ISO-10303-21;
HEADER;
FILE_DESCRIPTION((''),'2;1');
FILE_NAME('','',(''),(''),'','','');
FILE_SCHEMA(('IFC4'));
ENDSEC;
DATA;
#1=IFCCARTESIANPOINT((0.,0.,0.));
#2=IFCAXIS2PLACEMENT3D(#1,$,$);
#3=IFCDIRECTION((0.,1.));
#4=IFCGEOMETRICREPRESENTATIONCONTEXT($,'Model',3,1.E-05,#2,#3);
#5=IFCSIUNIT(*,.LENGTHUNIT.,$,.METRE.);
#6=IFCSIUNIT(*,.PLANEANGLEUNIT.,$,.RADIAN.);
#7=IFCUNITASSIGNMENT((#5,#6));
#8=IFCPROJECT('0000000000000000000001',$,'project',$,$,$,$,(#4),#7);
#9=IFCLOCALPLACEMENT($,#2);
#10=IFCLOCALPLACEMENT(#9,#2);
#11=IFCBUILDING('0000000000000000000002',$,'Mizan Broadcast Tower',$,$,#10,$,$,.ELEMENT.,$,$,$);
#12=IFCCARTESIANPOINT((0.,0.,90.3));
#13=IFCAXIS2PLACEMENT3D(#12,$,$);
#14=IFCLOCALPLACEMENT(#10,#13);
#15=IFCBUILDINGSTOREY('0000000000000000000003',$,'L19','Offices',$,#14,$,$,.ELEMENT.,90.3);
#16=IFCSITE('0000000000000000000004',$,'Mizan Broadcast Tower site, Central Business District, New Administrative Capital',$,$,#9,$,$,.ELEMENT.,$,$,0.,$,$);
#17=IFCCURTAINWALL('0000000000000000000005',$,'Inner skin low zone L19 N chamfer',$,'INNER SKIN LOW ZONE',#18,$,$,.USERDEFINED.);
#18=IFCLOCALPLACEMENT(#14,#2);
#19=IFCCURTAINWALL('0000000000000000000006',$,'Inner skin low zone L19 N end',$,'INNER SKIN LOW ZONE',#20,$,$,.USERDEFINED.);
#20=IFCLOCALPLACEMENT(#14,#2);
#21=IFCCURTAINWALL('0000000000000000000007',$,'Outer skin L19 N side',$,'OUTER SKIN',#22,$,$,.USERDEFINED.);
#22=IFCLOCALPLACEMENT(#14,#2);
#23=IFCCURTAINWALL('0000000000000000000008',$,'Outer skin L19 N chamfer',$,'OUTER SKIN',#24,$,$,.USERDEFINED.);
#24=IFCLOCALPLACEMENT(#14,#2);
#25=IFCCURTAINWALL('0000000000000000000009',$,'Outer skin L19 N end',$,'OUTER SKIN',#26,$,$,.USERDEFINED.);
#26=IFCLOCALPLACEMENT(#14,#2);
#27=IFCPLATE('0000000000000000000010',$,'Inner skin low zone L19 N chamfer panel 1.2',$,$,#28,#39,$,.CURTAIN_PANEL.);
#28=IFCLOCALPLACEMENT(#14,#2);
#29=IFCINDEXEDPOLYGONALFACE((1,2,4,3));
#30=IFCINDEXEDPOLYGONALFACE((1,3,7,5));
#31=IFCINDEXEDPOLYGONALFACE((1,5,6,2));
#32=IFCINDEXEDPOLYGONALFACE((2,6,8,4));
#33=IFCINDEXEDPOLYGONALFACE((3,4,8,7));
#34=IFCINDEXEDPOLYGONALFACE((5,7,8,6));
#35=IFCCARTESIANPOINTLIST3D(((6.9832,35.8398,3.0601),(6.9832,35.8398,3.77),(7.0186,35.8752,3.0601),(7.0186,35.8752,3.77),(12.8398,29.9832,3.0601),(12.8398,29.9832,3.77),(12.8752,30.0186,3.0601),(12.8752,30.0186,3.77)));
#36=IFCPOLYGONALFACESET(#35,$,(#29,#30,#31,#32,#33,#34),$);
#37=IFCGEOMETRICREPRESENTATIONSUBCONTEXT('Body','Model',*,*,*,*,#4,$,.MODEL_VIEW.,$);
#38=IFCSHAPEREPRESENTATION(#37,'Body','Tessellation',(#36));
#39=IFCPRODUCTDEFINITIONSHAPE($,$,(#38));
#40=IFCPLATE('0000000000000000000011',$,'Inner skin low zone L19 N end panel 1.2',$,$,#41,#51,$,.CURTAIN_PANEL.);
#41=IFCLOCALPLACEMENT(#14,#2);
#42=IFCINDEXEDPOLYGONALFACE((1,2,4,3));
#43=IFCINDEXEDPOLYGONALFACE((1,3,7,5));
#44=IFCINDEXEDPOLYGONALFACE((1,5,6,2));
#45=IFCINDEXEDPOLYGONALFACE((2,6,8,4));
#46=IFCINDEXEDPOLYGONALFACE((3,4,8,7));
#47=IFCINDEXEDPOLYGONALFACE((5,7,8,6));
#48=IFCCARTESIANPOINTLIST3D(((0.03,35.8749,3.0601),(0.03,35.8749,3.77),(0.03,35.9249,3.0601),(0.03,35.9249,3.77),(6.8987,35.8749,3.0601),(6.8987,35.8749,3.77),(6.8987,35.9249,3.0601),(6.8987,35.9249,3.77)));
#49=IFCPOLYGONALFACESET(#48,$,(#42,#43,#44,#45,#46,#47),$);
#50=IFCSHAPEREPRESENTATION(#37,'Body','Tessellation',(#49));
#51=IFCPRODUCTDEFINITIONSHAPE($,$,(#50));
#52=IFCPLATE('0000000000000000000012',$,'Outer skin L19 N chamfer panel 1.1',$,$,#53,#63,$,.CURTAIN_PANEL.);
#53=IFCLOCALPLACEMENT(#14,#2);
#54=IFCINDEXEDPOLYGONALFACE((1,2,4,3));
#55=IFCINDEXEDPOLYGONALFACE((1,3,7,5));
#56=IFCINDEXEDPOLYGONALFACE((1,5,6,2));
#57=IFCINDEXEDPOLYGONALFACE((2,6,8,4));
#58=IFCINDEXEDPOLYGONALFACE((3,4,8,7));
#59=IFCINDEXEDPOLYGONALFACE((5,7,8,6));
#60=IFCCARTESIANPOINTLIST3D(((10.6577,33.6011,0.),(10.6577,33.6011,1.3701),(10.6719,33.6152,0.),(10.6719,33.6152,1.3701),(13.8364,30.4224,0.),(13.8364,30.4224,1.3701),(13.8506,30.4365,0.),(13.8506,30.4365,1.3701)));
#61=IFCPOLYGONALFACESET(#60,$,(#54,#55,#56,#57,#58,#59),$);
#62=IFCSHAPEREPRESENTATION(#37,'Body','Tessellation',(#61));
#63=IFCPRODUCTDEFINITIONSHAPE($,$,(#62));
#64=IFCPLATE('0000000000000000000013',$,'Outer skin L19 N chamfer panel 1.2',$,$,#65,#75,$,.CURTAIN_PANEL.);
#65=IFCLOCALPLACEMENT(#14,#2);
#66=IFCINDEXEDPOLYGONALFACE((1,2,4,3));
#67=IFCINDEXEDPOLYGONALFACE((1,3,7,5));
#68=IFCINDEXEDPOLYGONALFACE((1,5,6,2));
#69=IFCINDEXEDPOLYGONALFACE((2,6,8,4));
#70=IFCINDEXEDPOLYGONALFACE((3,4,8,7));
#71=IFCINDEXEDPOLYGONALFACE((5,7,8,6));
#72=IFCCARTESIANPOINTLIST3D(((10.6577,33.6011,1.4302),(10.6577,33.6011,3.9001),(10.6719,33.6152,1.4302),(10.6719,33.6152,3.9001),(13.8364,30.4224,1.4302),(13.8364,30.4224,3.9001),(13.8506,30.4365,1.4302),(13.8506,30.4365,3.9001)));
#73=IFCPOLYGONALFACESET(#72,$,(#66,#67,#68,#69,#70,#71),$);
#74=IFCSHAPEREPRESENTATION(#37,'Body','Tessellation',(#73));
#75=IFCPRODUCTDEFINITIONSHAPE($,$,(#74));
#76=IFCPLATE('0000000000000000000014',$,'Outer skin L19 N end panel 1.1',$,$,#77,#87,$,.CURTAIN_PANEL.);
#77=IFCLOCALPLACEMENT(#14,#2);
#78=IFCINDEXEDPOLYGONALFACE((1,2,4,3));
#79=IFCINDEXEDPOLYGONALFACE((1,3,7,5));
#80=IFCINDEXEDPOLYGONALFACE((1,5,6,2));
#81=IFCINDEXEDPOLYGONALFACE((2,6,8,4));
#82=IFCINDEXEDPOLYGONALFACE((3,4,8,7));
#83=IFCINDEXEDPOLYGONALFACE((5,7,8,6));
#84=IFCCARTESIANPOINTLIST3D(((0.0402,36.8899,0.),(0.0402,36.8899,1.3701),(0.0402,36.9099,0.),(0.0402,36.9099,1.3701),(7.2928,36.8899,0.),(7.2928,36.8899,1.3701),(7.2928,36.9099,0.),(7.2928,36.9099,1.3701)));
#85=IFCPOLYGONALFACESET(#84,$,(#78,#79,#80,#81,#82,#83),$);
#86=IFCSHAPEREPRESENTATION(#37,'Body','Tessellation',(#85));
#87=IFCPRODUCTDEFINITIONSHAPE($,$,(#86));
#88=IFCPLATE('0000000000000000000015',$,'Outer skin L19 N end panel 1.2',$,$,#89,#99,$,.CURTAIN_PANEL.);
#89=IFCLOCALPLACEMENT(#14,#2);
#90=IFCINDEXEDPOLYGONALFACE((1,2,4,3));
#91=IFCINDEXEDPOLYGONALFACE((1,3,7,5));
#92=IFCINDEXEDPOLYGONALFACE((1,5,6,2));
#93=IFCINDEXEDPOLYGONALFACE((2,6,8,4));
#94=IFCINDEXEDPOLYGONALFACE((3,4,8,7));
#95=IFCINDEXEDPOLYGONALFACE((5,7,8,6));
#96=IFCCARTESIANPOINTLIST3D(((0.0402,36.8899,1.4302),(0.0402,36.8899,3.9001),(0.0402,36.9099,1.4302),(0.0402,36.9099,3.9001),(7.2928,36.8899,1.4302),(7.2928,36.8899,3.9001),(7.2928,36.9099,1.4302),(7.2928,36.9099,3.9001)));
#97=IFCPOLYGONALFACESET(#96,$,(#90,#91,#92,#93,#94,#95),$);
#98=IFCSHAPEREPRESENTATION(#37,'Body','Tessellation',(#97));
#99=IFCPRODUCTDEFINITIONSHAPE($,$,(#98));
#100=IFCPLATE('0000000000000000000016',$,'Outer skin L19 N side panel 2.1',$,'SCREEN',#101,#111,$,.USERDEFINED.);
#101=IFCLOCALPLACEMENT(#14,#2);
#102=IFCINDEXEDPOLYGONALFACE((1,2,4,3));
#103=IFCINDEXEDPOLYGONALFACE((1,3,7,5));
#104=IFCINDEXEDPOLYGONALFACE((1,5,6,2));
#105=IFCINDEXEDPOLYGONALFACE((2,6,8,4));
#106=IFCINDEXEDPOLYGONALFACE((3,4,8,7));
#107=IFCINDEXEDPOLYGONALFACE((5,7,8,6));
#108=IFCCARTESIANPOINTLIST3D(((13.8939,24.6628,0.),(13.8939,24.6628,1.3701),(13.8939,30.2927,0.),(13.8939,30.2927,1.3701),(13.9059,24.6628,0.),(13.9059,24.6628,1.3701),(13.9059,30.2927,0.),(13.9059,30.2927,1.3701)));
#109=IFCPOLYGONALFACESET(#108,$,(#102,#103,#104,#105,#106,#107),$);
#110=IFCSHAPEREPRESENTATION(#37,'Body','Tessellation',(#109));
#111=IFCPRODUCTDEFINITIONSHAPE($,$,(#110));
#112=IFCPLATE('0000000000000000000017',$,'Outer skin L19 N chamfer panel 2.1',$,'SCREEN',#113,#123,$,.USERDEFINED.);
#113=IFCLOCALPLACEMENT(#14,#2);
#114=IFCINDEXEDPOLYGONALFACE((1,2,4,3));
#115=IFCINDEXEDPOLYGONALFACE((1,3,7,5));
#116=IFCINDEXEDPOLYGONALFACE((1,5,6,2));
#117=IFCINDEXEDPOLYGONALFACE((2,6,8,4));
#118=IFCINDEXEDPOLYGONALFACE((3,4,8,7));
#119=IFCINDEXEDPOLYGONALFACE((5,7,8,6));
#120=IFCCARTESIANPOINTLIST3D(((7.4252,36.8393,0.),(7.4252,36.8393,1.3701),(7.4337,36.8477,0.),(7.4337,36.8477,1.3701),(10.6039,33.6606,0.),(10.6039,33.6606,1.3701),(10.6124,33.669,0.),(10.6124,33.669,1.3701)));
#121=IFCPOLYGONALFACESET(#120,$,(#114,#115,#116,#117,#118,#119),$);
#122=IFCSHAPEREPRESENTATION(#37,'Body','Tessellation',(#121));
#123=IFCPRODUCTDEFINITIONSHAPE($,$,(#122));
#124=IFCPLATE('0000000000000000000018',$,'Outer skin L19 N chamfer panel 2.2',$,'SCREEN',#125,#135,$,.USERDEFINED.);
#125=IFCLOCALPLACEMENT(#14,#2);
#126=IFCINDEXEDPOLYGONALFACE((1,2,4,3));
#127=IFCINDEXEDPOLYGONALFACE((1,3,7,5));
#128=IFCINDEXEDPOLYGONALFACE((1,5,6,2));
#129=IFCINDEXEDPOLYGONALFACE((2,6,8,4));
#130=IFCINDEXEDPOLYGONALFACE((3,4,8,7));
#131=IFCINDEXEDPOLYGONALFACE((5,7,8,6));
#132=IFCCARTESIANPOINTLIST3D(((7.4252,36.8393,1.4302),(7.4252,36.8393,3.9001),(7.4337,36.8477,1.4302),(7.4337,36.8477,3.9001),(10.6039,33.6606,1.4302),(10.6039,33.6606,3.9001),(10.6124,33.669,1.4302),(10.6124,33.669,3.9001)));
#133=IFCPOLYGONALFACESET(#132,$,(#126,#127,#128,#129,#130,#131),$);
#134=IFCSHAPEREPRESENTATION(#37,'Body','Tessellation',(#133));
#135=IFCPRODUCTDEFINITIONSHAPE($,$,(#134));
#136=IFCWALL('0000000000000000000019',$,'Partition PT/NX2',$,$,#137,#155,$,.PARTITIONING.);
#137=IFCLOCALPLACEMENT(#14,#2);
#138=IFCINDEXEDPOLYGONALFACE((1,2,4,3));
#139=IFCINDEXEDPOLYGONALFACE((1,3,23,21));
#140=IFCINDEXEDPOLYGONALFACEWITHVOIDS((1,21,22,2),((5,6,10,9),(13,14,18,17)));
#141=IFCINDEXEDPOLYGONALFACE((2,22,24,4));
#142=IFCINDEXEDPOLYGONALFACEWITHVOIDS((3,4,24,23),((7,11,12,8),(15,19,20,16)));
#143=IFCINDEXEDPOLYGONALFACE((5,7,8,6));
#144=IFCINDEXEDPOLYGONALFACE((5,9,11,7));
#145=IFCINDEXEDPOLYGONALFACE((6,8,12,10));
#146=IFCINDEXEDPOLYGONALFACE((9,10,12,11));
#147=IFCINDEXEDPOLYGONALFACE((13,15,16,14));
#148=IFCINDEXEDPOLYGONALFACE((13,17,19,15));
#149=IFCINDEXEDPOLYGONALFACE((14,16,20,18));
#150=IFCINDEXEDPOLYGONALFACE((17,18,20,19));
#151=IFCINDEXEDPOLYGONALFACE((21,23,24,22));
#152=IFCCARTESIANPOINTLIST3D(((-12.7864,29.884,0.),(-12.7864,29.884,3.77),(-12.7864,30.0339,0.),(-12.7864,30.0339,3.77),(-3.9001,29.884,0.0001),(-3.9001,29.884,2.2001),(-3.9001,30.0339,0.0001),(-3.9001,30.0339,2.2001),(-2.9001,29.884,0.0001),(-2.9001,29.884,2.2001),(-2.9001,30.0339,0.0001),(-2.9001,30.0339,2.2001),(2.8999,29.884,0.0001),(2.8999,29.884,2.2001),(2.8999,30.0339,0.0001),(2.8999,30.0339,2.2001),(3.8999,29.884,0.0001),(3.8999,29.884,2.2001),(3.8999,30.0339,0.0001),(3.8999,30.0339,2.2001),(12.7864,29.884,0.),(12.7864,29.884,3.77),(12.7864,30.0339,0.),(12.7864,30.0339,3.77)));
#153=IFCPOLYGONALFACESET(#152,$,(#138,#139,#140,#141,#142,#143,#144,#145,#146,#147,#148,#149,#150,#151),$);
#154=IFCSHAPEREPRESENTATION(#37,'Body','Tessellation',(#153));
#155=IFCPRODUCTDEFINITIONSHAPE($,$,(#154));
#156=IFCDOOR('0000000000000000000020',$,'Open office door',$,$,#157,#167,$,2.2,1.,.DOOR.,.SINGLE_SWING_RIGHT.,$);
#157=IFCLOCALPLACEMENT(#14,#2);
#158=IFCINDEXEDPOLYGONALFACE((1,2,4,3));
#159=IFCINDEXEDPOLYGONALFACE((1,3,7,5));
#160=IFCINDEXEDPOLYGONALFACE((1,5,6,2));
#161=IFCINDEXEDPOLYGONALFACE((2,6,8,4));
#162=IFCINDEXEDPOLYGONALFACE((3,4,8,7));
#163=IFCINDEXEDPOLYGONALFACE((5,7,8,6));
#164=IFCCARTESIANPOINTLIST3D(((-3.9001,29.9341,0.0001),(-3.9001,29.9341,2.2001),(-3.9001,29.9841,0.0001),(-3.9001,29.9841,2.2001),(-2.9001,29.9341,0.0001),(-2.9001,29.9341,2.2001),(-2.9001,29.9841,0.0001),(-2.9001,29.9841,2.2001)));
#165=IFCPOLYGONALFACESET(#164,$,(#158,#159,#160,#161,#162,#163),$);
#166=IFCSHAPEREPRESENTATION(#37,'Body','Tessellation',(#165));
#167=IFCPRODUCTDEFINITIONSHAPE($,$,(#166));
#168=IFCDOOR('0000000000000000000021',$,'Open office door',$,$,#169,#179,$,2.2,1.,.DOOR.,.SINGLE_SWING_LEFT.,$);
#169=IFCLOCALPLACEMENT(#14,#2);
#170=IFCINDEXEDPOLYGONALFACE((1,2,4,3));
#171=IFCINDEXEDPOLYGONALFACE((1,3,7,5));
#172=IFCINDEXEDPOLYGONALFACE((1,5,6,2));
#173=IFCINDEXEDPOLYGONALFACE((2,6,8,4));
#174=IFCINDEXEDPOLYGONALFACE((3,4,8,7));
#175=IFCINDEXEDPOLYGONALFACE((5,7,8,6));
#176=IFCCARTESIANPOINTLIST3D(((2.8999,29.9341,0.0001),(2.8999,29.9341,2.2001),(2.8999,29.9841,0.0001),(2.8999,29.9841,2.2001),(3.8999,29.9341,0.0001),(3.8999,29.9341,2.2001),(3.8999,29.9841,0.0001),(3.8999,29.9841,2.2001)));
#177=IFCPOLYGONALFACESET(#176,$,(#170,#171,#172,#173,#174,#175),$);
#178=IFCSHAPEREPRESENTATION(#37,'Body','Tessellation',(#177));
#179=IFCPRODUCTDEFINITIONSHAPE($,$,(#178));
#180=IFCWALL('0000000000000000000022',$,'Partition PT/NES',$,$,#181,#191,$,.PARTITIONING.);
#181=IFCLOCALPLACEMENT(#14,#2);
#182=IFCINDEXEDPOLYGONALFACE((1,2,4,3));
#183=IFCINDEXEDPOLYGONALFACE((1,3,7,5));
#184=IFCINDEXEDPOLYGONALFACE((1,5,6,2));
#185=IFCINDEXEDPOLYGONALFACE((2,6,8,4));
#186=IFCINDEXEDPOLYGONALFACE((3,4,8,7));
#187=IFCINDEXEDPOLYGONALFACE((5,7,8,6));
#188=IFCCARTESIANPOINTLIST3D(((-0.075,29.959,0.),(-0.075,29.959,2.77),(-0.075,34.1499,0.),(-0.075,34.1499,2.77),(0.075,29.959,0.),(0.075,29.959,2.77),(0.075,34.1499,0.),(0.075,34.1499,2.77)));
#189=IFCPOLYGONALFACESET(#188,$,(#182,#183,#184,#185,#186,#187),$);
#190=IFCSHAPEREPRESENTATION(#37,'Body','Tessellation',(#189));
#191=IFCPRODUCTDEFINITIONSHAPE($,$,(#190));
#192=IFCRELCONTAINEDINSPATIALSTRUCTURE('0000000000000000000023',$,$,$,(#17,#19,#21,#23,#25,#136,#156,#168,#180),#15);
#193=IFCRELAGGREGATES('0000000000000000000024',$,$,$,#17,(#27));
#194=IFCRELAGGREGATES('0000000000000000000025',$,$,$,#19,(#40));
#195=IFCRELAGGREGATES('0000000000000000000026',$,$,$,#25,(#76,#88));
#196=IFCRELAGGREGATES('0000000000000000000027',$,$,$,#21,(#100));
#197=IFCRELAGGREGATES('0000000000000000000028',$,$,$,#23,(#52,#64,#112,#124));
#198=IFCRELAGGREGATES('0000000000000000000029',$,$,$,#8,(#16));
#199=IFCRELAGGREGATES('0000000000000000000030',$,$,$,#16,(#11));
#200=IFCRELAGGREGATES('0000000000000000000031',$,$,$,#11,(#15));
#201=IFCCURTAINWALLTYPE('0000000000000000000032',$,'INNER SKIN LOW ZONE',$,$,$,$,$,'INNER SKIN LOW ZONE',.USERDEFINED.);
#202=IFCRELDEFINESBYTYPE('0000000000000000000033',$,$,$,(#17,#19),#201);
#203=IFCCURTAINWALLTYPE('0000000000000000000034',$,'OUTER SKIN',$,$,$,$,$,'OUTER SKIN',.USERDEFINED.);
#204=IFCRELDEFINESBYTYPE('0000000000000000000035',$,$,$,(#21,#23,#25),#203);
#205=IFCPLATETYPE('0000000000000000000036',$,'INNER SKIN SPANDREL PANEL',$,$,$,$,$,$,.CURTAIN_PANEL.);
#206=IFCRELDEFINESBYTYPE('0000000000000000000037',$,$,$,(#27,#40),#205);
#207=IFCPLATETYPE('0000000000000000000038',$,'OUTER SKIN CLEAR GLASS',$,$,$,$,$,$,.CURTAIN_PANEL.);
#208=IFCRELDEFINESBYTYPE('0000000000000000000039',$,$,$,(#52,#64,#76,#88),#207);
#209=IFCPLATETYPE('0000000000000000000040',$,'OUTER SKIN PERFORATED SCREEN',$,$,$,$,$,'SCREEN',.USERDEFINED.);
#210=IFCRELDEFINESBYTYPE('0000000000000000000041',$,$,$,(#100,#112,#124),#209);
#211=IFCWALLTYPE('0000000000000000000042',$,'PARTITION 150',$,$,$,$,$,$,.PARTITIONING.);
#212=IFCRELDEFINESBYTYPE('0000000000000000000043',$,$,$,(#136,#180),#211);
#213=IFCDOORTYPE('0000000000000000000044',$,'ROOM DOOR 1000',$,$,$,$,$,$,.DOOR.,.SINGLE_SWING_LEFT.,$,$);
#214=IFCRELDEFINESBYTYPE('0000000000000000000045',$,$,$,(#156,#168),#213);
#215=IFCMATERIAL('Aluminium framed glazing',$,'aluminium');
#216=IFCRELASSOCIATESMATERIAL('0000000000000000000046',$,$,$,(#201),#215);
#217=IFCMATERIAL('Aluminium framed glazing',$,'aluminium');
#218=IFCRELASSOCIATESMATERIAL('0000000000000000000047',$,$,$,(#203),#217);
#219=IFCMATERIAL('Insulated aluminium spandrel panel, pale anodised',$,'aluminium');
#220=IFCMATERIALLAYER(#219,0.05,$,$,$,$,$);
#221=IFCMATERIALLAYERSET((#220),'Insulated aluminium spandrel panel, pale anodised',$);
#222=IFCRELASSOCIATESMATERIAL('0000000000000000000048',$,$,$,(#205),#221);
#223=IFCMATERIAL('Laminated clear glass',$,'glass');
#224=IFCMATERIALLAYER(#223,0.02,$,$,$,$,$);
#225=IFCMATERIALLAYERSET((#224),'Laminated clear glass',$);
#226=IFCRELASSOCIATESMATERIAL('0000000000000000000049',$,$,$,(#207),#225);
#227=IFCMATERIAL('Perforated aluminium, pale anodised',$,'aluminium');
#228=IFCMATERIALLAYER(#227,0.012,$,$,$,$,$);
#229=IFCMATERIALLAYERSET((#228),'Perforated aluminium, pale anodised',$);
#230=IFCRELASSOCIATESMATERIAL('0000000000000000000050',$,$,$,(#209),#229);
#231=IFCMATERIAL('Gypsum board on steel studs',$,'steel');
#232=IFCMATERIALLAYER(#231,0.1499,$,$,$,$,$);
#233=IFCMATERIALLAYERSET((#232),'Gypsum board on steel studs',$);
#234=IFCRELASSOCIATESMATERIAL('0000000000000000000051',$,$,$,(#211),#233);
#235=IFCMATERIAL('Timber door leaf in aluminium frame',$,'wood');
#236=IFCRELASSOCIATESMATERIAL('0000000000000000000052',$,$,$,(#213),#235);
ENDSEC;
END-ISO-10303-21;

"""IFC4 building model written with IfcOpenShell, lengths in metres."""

from ifc_helpers import new_model, si_unit, direction, frame, frame_2d, origin, origin_2d, place, context, subcontext, project, spatial, rectangle, extrude, material, layer, layer_set, type_object, element, fill, aggregate, save


model = new_model("IFC4")

# Units and contexts
model_context = context("Model", 3, precision=1e-05, world=origin(), true_north=direction((0.0, 1.0)))
body_context = subcontext(model_context, "Body", "Model", "MODEL_VIEW")
ifc_project = project(units=[si_unit("LENGTHUNIT", "METRE"), si_unit("PLANEANGLEUNIT", "RADIAN")], contexts=[model_context])

# Site, building, storey
site_placement = place(None, origin())
site = spatial("IfcSite", under=ifc_project, at=site_placement, Name="Mizan Broadcast Tower site, Central Business District, New Administrative Capital", CompositionType="ELEMENT", RefElevation=0.0)
building_placement = place(site_placement, origin())
building = spatial("IfcBuilding", under=site, at=building_placement, Name="Mizan Broadcast Tower", CompositionType="ELEMENT")
storey_placement = place(building_placement, frame((0.0, 0.0, 90.3)))
storey = spatial("IfcBuildingStorey", under=building, at=storey_placement, Name="L19", Description="Offices", CompositionType="ELEMENT", Elevation=90.3)

# Curtain walls
ifc_material_1 = material(Name="Aluminium framed glazing", Category="aluminium")
curtain_wall_type_1 = type_object("IfcCurtainWallType", Name="INNER SKIN LOW ZONE", ElementType="INNER SKIN LOW ZONE", PredefinedType="USERDEFINED", material=ifc_material_1)
curtain_wall_1_placement = place(storey_placement, origin())
curtain_wall_1 = element("IfcCurtainWall", 1, at=curtain_wall_1_placement, inside=storey, type_object=curtain_wall_type_1, Name="Inner skin low zone L19 N chamfer", ObjectType="INNER SKIN LOW ZONE", PredefinedType="USERDEFINED")
curtain_wall_2_placement = place(storey_placement, origin())
curtain_wall_2 = element("IfcCurtainWall", 2, at=curtain_wall_2_placement, inside=storey, type_object=curtain_wall_type_1, Name="Inner skin low zone L19 N end", ObjectType="INNER SKIN LOW ZONE", PredefinedType="USERDEFINED")

# Curtain wall
ifc_material_2 = material(Name="Aluminium framed glazing", Category="aluminium")
curtain_wall_type_2 = type_object("IfcCurtainWallType", Name="OUTER SKIN", ElementType="OUTER SKIN", PredefinedType="USERDEFINED", material=ifc_material_2)
curtain_wall_3_placement = place(storey_placement, origin())
curtain_wall_3 = element("IfcCurtainWall", 3, at=curtain_wall_3_placement, inside=storey, type_object=curtain_wall_type_2, Name="Outer skin L19 N side", ObjectType="OUTER SKIN", PredefinedType="USERDEFINED")

# Curtain wall
curtain_wall_4_placement = place(storey_placement, origin())
curtain_wall_4 = element("IfcCurtainWall", 4, at=curtain_wall_4_placement, inside=storey, type_object=curtain_wall_type_2, Name="Outer skin L19 N chamfer", ObjectType="OUTER SKIN", PredefinedType="USERDEFINED")

# Curtain wall
curtain_wall_5_placement = place(storey_placement, origin())
curtain_wall_5 = element("IfcCurtainWall", 5, at=curtain_wall_5_placement, inside=storey, type_object=curtain_wall_type_2, Name="Outer skin L19 N end", ObjectType="OUTER SKIN", PredefinedType="USERDEFINED")

# Plates
ifc_material_3 = material(Name="Insulated aluminium spandrel panel, pale anodised", Category="aluminium")
ifc_layer_1 = layer(ifc_material_3, 0.05)
ifc_layer_set_1 = layer_set([ifc_layer_1], Name="Insulated aluminium spandrel panel, pale anodised")
plate_type_1 = type_object("IfcPlateType", Name="INNER SKIN SPANDREL PANEL", PredefinedType="CURTAIN_PANEL", material=ifc_layer_set_1)
plate_1_placement = place(storey_placement, frame((9.9292, 32.9292, 3.0601), z_axis=(0.0, 0.0, 1.0), x_axis=(-0.707107, 0.707107, 0.0)))
plate_1 = element("IfcPlate", 6, at=plate_1_placement, type_object=plate_type_1, Name="Inner skin low zone L19 N chamfer panel 1.2", PredefinedType="CURTAIN_PANEL", context=body_context, shape_type="SweptSolid", body=[
    extrude(rectangle(XDim=8.2825, YDim=0.05, at=origin_2d()), origin(), (0.0, 0.0, 1.0), 0.71),
])
aggregate(curtain_wall_1, [plate_1])
plate_2_placement = place(storey_placement, frame((3.4644, 35.8999, 3.0601), z_axis=(0.0, 0.0, 1.0), x_axis=(-1.0, 0.0, 0.0)))
plate_2 = element("IfcPlate", 7, at=plate_2_placement, type_object=plate_type_1, Name="Inner skin low zone L19 N end panel 1.2", PredefinedType="CURTAIN_PANEL", context=body_context, shape_type="SweptSolid", body=[
    extrude(rectangle(XDim=6.8687, YDim=0.05, at=origin_2d()), origin(), (0.0, 0.0, 1.0), 0.71),
])
aggregate(curtain_wall_2, [plate_2])
ifc_material_4 = material(Name="Laminated clear glass", Category="glass")
ifc_layer_2 = layer(ifc_material_4, 0.02)
ifc_layer_set_2 = layer_set([ifc_layer_2], Name="Laminated clear glass")
plate_type_2 = type_object("IfcPlateType", Name="OUTER SKIN CLEAR GLASS", PredefinedType="CURTAIN_PANEL", material=ifc_layer_set_2)
plate_3_placement = place(storey_placement, frame((12.2542, 32.0188, 0.0), z_axis=(0.0, 0.0, 1.0), x_axis=(-0.707107, 0.707107, 0.0)))
plate_3 = element("IfcPlate", 8, at=plate_3_placement, type_object=plate_type_2, Name="Outer skin L19 N chamfer panel 1.1", PredefinedType="CURTAIN_PANEL", context=body_context, shape_type="SweptSolid", body=[
    extrude(rectangle(XDim=4.4954, YDim=0.02, at=origin_2d()), origin(), (0.0, 0.0, 1.0), 1.3701),
])
plate_4_placement = place(storey_placement, frame((12.2542, 32.0188, 1.4302), z_axis=(0.0, 0.0, 1.0), x_axis=(-0.707107, 0.707107, 0.0)))
plate_4 = element("IfcPlate", 9, at=plate_4_placement, type_object=plate_type_2, Name="Outer skin L19 N chamfer panel 1.2", PredefinedType="CURTAIN_PANEL", context=body_context, shape_type="SweptSolid", body=[
    extrude(rectangle(XDim=4.4954, YDim=0.02, at=origin_2d()), origin(), (0.0, 0.0, 1.0), 2.47),
])
plate_5_placement = place(storey_placement, frame((3.6665, 36.8999, 0.0), z_axis=(0.0, 0.0, 1.0), x_axis=(-1.0, 0.0, 0.0)))
plate_5 = element("IfcPlate", 10, at=plate_5_placement, type_object=plate_type_2, Name="Outer skin L19 N end panel 1.1", PredefinedType="CURTAIN_PANEL", context=body_context, shape_type="SweptSolid", body=[
    extrude(rectangle(XDim=7.2527, YDim=0.02, at=origin_2d()), origin(), (0.0, 0.0, 1.0), 1.3701),
])
plate_6_placement = place(storey_placement, frame((3.6665, 36.8999, 1.4302), z_axis=(0.0, 0.0, 1.0), x_axis=(-1.0, 0.0, 0.0)))
plate_6 = element("IfcPlate", 11, at=plate_6_placement, type_object=plate_type_2, Name="Outer skin L19 N end panel 1.2", PredefinedType="CURTAIN_PANEL", context=body_context, shape_type="SweptSolid", body=[
    extrude(rectangle(XDim=7.2527, YDim=0.02, at=origin_2d()), origin(), (0.0, 0.0, 1.0), 2.47),
])
aggregate(curtain_wall_5, [plate_5, plate_6])
ifc_material_5 = material(Name="Perforated aluminium, pale anodised", Category="aluminium")
ifc_layer_3 = layer(ifc_material_5, 0.012)
ifc_layer_set_3 = layer_set([ifc_layer_3], Name="Perforated aluminium, pale anodised")
plate_type_3 = type_object("IfcPlateType", Name="OUTER SKIN PERFORATED SCREEN", ElementType="SCREEN", PredefinedType="USERDEFINED", material=ifc_layer_set_3)
plate_7_placement = place(storey_placement, frame((13.8999, 27.4778, 0.0), z_axis=(0.0, 0.0, 1.0), x_axis=(0.0, 1.0, 0.0)))
plate_7 = element("IfcPlate", 12, at=plate_7_placement, type_object=plate_type_3, Name="Outer skin L19 N side panel 2.1", ObjectType="SCREEN", PredefinedType="USERDEFINED", context=body_context, shape_type="SweptSolid", body=[
    extrude(rectangle(XDim=5.6299, YDim=0.012, at=origin_2d()), origin(), (0.0, 0.0, 1.0), 1.3701),
])
aggregate(curtain_wall_3, [plate_7])
plate_8_placement = place(storey_placement, frame((9.0188, 35.2542, 0.0), z_axis=(0.0, 0.0, 1.0), x_axis=(-0.707107, 0.707107, 0.0)))
plate_8 = element("IfcPlate", 13, at=plate_8_placement, type_object=plate_type_3, Name="Outer skin L19 N chamfer panel 2.1", ObjectType="SCREEN", PredefinedType="USERDEFINED", context=body_context, shape_type="SweptSolid", body=[
    extrude(rectangle(XDim=4.4954, YDim=0.012, at=origin_2d()), origin(), (0.0, 0.0, 1.0), 1.3701),
])
plate_9_placement = place(storey_placement, frame((9.0188, 35.2542, 1.4302), z_axis=(0.0, 0.0, 1.0), x_axis=(-0.707107, 0.707107, 0.0)))
plate_9 = element("IfcPlate", 14, at=plate_9_placement, type_object=plate_type_3, Name="Outer skin L19 N chamfer panel 2.2", ObjectType="SCREEN", PredefinedType="USERDEFINED", context=body_context, shape_type="SweptSolid", body=[
    extrude(rectangle(XDim=4.4954, YDim=0.012, at=origin_2d()), origin(), (0.0, 0.0, 1.0), 2.47),
])
aggregate(curtain_wall_4, [plate_3, plate_4, plate_8, plate_9])

# Wall, openings, doors
ifc_material_6 = material(Name="Gypsum board on steel studs", Category="steel")
ifc_layer_4 = layer(ifc_material_6, 0.1499)
ifc_layer_set_4 = layer_set([ifc_layer_4], Name="Gypsum board on steel studs")
wall_type = type_object("IfcWallType", Name="PARTITION 150", PredefinedType="PARTITIONING", material=ifc_layer_set_4)
wall_1_placement = place(storey_placement, frame((12.7864, 29.959, 0.0), z_axis=(0.0, 0.0, 1.0), x_axis=(-1.0, 0.0, 0.0)))
wall_1 = element("IfcWall", 15, at=wall_1_placement, inside=storey, type_object=wall_type, Name="Partition PT/NX2", PredefinedType="PARTITIONING", context=body_context, shape_type="SweptSolid", body=[
    extrude(rectangle(XDim=25.5728, YDim=0.1499, at=frame_2d((12.7864, 0.0))), origin(), (0.0, 0.0, 1.0), 3.77),
])
opening_1_placement = place(wall_1_placement, frame((15.6865, 0.0, 0.0)))
opening_1 = element("IfcOpeningElement", 16, at=opening_1_placement, cuts=wall_1, PredefinedType="OPENING", context=body_context, shape_type="SweptSolid", body=[
    extrude(rectangle(XDim=1.0, YDim=2.2, at=frame_2d((0.5, 1.1001))), frame((0.0, 0.085, 0.0), z_axis=(0.0, -1.0, 0.0), x_axis=(1.0, 0.0, 0.0)), (0.0, 0.0, 1.0), 0.1699),
])
opening_2_placement = place(wall_1_placement, frame((8.8865, 0.0, 0.0)))
opening_2 = element("IfcOpeningElement", 17, at=opening_2_placement, cuts=wall_1, PredefinedType="OPENING", context=body_context, shape_type="SweptSolid", body=[
    extrude(rectangle(XDim=1.0, YDim=2.2, at=frame_2d((0.5, 1.1001))), frame((0.0, 0.085, 0.0), z_axis=(0.0, -1.0, 0.0), x_axis=(1.0, 0.0, 0.0)), (0.0, 0.0, 1.0), 0.1699),
])
ifc_material_7 = material(Name="Timber door leaf in aluminium frame", Category="wood")
door_type = type_object("IfcDoorType", Name="ROOM DOOR 1000", OperationType="SINGLE_SWING_LEFT", PredefinedType="DOOR", material=ifc_material_7)
door_1_placement = place(opening_1_placement, origin())
door_1 = element("IfcDoor", 18, at=door_1_placement, inside=storey, type_object=door_type, Name="Open office door", OperationType="SINGLE_SWING_RIGHT", OverallHeight=2.2, OverallWidth=1.0, PredefinedType="DOOR", context=body_context, shape_type="SweptSolid", body=[
    extrude(rectangle(XDim=1.0, YDim=2.2, at=frame_2d((0.5, 1.1001))), frame((0.0, 0.0249, 0.0), z_axis=(0.0, -1.0, 0.0), x_axis=(1.0, 0.0, 0.0)), (0.0, 0.0, 1.0), 0.05),
])
fill(opening_1, door_1)
door_2_placement = place(opening_2_placement, origin())
door_2 = element("IfcDoor", 19, at=door_2_placement, inside=storey, type_object=door_type, Name="Open office door", OperationType="SINGLE_SWING_LEFT", OverallHeight=2.2, OverallWidth=1.0, PredefinedType="DOOR", context=body_context, shape_type="SweptSolid", body=[
    extrude(rectangle(XDim=1.0, YDim=2.2, at=frame_2d((0.5, 1.1001))), frame((0.0, 0.0249, 0.0), z_axis=(0.0, -1.0, 0.0), x_axis=(1.0, 0.0, 0.0)), (0.0, 0.0, 1.0), 0.05),
])
fill(opening_2, door_2)

# Wall
wall_2_placement = place(storey_placement, frame((0.0, 29.959, 0.0), z_axis=(0.0, 0.0, 1.0), x_axis=(0.0, 1.0, 0.0)))
element("IfcWall", 20, at=wall_2_placement, inside=storey, type_object=wall_type, Name="Partition PT/NES", PredefinedType="PARTITIONING", context=body_context, shape_type="SweptSolid", body=[
    extrude(rectangle(XDim=4.1909, YDim=0.1499, at=frame_2d((2.0955, 0.0))), origin(), (0.0, 0.0, 1.0), 2.77),
])

save(model, "model.ifc")
